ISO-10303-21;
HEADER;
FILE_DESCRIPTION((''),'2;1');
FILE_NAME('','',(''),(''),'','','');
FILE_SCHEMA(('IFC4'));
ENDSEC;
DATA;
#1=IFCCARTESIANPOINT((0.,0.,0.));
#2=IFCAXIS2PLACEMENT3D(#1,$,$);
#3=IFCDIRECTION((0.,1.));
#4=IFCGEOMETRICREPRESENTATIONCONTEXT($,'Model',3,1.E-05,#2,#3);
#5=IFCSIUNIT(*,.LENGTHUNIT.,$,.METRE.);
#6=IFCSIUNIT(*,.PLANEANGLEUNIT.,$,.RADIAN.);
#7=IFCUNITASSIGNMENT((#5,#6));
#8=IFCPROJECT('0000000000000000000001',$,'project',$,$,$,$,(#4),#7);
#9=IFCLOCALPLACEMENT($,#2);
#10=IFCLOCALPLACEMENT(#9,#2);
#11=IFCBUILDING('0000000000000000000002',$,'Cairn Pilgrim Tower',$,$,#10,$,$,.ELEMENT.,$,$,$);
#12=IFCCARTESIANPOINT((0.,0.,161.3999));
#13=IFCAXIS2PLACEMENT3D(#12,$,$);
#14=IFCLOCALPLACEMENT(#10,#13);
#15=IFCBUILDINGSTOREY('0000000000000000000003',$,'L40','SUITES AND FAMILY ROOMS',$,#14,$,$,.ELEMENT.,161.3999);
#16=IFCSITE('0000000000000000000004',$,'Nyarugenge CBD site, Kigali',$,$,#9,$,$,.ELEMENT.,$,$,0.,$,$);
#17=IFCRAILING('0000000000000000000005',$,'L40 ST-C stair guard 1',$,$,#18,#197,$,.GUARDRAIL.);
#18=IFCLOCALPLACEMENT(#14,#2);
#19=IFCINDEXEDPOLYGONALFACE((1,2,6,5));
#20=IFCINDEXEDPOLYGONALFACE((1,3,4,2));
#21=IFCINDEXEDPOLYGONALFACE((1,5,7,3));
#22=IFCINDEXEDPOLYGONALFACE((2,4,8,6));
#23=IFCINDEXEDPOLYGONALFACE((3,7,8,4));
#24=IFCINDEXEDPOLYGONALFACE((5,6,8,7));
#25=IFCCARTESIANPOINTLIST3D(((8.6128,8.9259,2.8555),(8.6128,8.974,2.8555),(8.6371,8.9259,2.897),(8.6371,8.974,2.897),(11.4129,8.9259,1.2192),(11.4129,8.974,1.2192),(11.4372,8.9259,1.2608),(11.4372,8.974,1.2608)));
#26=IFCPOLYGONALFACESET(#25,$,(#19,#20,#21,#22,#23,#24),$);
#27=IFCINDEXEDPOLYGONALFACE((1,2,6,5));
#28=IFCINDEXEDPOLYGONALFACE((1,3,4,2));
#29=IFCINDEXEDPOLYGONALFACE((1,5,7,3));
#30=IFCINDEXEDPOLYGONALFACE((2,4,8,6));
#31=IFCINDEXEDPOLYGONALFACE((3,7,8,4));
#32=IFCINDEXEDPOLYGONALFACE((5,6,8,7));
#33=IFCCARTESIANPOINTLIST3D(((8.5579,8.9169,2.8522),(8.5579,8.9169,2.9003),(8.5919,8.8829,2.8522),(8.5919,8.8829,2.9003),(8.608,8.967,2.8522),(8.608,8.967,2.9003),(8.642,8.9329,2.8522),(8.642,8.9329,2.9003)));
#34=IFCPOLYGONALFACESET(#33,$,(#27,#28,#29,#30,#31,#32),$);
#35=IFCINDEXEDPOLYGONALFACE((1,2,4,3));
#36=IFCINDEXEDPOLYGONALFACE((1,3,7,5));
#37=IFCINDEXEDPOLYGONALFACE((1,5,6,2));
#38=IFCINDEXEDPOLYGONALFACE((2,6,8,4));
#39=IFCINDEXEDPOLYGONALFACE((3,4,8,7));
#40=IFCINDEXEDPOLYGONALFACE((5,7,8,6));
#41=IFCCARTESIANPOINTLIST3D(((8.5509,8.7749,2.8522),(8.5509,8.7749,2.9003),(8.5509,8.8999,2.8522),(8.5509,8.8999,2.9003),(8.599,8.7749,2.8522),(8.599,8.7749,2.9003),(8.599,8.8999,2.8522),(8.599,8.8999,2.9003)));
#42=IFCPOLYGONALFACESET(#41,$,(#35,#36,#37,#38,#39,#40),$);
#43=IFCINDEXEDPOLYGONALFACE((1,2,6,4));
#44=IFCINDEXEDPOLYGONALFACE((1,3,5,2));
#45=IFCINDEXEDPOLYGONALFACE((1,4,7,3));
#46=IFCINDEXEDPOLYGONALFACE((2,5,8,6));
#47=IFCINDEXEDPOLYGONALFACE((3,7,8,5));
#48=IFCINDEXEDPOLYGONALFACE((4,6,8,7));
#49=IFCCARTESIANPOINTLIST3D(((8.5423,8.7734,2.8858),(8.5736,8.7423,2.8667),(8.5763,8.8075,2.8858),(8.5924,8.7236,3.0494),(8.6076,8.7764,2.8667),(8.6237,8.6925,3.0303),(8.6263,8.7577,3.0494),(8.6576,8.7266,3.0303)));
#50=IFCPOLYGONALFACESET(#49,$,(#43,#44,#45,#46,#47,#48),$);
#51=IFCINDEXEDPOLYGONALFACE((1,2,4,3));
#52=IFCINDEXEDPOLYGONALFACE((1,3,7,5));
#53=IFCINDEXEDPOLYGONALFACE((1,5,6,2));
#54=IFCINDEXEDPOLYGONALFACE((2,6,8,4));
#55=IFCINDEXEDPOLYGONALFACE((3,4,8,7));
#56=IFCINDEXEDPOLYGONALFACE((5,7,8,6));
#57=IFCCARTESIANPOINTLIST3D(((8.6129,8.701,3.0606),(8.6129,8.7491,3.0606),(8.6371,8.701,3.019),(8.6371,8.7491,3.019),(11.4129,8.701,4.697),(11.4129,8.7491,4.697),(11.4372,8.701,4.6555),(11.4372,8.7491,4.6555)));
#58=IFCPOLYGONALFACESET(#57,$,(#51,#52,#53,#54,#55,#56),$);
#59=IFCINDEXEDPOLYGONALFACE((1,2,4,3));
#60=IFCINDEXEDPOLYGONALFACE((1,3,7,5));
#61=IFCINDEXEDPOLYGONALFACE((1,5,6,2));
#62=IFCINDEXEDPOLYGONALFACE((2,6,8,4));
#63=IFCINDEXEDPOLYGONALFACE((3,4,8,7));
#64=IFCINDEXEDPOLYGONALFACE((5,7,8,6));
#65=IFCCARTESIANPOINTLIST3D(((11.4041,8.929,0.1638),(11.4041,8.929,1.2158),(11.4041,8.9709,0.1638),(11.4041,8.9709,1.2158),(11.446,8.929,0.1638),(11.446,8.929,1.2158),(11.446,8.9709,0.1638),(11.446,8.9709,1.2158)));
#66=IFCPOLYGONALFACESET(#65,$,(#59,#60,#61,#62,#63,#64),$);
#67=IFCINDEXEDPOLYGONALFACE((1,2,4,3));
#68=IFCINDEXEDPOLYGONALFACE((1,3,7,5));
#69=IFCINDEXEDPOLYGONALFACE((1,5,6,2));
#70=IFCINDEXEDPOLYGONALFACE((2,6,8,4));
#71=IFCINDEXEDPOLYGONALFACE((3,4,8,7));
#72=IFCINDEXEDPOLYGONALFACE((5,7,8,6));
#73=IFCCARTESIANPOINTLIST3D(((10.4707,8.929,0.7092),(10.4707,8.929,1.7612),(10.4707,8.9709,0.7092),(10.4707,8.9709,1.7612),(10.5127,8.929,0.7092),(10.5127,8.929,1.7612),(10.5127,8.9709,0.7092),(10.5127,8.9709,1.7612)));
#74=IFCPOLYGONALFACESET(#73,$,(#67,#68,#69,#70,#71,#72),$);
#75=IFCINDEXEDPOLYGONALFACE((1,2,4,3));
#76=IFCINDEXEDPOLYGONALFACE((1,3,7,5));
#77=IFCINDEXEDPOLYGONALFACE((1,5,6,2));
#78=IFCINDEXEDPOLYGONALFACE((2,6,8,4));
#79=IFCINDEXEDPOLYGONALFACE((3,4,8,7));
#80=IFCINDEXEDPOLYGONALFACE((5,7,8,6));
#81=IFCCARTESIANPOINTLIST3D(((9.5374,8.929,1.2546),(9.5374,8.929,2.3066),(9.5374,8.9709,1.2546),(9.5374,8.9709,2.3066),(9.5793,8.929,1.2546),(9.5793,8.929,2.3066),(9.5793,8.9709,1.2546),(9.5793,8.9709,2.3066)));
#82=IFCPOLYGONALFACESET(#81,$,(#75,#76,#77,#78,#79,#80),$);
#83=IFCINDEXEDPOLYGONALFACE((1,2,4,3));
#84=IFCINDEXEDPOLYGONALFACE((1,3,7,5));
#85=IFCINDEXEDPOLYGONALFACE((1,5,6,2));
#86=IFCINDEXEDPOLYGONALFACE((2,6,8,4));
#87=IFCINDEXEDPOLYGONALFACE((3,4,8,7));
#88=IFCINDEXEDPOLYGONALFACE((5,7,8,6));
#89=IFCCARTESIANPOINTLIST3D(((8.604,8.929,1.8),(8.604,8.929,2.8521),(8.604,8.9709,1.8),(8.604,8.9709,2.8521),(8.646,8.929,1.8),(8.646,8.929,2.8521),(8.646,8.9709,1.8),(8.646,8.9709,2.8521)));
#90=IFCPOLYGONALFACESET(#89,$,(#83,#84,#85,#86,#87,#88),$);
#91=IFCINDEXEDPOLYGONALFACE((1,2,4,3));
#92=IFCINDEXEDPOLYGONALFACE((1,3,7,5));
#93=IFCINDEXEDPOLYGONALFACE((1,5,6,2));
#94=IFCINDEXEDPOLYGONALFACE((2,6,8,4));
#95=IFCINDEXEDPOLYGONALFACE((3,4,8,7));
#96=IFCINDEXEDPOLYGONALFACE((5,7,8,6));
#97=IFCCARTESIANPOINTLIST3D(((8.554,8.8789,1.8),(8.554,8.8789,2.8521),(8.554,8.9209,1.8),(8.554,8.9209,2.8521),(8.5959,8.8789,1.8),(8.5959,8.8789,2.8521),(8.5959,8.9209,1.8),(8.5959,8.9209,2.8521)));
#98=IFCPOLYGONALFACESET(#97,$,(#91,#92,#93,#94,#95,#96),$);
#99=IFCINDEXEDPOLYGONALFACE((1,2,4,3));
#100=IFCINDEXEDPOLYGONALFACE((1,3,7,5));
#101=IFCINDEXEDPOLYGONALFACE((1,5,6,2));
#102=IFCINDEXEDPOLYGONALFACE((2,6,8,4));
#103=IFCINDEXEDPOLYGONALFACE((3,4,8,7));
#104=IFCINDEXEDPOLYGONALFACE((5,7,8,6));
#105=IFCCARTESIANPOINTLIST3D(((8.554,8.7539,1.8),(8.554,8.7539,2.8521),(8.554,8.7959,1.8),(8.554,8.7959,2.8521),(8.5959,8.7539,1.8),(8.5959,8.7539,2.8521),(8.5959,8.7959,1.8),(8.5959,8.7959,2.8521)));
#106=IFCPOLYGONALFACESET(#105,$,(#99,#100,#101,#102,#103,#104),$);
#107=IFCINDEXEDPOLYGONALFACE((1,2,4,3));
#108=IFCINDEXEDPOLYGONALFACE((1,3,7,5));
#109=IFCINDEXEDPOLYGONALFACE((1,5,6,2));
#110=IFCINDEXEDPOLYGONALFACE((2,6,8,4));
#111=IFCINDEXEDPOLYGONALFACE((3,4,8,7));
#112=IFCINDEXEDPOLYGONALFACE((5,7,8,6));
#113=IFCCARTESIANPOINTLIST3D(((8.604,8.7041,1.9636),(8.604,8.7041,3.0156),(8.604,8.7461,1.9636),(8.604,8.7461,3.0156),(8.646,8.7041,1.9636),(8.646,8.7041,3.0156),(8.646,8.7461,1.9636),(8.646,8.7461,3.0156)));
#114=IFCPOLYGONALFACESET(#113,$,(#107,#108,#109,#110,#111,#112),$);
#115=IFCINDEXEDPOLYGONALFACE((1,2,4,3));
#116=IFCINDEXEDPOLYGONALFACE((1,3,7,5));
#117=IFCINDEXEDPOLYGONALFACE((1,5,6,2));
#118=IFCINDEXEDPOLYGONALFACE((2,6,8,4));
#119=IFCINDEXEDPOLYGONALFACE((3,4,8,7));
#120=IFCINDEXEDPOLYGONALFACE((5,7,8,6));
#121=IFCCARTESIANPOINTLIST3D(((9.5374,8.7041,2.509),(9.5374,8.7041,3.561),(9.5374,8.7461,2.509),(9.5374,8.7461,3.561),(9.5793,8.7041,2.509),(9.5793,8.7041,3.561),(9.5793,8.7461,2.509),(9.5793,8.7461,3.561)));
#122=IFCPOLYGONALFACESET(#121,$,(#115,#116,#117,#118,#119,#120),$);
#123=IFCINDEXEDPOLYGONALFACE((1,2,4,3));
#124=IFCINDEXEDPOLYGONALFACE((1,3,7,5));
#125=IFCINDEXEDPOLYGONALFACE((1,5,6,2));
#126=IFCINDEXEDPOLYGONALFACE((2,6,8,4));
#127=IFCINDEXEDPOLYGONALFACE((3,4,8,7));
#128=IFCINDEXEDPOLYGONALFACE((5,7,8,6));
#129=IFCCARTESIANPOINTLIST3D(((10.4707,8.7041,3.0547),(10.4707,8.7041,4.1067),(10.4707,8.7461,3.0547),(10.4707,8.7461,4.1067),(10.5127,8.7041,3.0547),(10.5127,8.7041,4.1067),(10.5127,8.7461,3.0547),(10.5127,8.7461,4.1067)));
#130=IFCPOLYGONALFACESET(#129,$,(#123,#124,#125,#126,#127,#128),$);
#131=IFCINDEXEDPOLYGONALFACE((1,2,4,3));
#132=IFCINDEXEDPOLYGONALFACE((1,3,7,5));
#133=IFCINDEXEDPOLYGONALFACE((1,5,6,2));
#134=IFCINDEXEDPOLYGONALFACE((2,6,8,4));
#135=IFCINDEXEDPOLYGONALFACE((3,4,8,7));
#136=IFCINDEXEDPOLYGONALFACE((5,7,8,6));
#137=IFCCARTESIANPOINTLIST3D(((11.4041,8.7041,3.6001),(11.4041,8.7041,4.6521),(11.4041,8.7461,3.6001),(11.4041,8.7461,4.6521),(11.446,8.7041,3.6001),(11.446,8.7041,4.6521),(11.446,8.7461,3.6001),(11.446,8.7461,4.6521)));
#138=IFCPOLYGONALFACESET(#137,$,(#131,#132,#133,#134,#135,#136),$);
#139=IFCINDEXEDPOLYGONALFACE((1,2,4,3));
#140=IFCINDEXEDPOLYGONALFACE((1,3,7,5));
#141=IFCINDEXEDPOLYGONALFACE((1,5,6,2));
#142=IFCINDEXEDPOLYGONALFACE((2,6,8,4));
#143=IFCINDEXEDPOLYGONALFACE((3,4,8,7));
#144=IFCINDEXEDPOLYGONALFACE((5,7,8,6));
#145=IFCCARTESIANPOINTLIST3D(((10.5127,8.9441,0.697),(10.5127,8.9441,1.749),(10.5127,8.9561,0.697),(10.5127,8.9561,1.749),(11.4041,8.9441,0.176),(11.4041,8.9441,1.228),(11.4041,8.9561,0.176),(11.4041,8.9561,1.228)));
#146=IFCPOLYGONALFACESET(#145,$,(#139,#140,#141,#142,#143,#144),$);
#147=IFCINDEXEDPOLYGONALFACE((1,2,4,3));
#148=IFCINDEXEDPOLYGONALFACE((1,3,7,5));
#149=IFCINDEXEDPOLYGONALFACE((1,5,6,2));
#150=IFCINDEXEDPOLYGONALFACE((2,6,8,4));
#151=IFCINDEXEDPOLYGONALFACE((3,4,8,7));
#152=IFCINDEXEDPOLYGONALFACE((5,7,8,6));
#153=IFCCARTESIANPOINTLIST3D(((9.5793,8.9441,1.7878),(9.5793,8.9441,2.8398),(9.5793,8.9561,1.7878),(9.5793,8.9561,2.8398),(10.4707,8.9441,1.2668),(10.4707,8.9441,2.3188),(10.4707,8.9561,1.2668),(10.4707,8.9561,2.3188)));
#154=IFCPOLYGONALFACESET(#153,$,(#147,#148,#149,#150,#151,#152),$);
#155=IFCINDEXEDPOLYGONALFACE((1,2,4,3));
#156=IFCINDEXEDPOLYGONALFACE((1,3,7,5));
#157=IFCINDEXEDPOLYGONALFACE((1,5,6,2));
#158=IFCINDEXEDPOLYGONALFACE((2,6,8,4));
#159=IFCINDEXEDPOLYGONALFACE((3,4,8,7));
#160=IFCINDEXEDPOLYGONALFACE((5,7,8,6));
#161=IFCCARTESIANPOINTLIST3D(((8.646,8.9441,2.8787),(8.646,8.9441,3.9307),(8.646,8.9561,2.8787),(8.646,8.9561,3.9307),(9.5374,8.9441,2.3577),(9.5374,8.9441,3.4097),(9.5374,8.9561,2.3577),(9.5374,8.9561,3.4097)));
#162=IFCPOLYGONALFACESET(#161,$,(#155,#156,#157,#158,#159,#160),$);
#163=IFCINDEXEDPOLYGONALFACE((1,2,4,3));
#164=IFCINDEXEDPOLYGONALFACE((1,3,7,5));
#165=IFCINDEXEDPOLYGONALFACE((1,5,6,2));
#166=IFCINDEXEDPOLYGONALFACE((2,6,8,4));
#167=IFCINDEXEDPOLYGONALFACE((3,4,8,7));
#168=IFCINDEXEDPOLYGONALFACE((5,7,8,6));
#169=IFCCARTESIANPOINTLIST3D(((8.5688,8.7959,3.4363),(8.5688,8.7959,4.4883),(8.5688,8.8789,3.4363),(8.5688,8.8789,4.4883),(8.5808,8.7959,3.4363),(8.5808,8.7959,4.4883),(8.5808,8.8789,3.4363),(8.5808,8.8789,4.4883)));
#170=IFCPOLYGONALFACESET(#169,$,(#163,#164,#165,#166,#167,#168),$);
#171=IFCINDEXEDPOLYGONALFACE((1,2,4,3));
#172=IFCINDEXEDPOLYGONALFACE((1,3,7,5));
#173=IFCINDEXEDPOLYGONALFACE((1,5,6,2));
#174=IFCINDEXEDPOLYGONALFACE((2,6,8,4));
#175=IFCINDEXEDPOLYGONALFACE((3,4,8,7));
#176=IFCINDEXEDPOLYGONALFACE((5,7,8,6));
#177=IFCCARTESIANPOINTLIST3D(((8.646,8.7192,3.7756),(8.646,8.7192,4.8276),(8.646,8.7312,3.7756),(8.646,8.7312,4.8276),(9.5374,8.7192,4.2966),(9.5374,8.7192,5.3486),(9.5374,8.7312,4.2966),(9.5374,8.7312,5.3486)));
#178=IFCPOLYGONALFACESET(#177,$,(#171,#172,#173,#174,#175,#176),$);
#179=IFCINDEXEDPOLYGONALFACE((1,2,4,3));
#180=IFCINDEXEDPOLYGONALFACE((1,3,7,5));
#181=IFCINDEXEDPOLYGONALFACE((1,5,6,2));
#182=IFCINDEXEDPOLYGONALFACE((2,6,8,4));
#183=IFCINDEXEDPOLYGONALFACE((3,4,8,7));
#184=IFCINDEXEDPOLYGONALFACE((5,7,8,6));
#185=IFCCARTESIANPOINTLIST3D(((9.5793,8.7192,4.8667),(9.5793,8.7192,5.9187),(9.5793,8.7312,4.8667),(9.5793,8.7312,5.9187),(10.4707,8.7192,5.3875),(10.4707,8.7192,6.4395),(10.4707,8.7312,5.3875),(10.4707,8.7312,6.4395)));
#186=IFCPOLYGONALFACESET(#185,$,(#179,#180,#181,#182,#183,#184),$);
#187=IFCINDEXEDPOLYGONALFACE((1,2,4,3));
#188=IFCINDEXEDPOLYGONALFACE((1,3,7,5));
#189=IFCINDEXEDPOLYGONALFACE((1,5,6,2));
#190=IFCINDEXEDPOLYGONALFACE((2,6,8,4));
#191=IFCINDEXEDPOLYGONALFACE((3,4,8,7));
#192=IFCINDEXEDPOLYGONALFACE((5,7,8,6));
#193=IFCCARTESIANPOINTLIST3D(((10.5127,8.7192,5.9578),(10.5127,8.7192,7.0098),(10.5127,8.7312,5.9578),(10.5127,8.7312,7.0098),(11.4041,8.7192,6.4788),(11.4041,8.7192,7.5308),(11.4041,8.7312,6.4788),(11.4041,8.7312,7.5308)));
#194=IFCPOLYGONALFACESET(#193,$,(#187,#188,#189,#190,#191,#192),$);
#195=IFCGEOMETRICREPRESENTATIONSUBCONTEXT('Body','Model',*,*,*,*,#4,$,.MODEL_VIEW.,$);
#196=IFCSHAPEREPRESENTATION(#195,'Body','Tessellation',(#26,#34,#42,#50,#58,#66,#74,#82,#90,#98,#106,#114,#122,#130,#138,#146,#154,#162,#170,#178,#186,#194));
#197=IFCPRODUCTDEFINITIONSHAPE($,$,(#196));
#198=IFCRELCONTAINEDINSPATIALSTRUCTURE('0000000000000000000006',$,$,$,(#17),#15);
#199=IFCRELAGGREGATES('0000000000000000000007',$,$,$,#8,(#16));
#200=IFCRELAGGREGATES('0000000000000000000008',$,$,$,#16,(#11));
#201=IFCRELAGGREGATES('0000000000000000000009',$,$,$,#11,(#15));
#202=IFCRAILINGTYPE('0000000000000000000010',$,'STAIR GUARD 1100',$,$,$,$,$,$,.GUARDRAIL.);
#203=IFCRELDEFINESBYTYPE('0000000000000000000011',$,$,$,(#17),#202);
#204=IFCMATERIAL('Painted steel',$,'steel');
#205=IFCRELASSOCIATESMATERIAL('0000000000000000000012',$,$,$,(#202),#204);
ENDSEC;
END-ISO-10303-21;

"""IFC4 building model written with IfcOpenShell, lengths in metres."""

from ifc_helpers import new_model, si_unit, direction, frame, origin, origin_2d, place, context, subcontext, project, spatial, polyline, rectangle, outline, extrude, material, type_object, element, save


model = new_model("IFC4")

# Units and contexts
model_context = context("Model", 3, precision=1e-05, world=origin(), true_north=direction((0.0, 1.0)))
body_context = subcontext(model_context, "Body", "Model", "MODEL_VIEW")
ifc_project = project(units=[si_unit("LENGTHUNIT", "METRE"), si_unit("PLANEANGLEUNIT", "RADIAN")], contexts=[model_context])

# Site, building, storey
site_placement = place(None, origin())
site = spatial("IfcSite", under=ifc_project, at=site_placement, Name="Nyarugenge CBD site, Kigali", CompositionType="ELEMENT", RefElevation=0.0)
building_placement = place(site_placement, origin())
building = spatial("IfcBuilding", under=site, at=building_placement, Name="Cairn Pilgrim Tower", CompositionType="ELEMENT")
storey_placement = place(building_placement, frame((0.0, 0.0, 161.3999)))
storey = spatial("IfcBuildingStorey", under=building, at=storey_placement, Name="L40", Description="SUITES AND FAMILY ROOMS", CompositionType="ELEMENT", Elevation=161.3999)

# Shared definitions
ifc_material_1 = material(Name="Painted steel", Category="steel")

# Railing
railing_type_1 = type_object("IfcRailingType", Name="STAIR GUARD 1100", PredefinedType="GUARDRAIL", material=ifc_material_1)
railing_1_placement = place(storey_placement, frame((11.425, 8.95, 0.1638)))
element("IfcRailing", 1, at=railing_1_placement, inside=storey, type_object=railing_type_1, Name="L40 ST-C stair guard 1", PredefinedType="GUARDRAIL", context=body_context, shape_type="SweptSolid", body=[
    extrude(rectangle(XDim=0.0481, YDim=0.0481, at=origin_2d()), frame((0.0, 0.0, 1.0762), z_axis=(-0.863394, 0.0, 0.504531), x_axis=(0.0, -1.0, 0.0)), (0.0, 0.0, 1.0), 3.2432),
    extrude(rectangle(XDim=0.0481, YDim=0.0481, at=origin_2d()), frame((-2.8, 0.0, 2.7124), z_axis=(-0.707107, -0.707107, 0.0), x_axis=(0.707107, -0.707107, 0.0)), (0.0, 0.0, 1.0), 0.0708),
    extrude(rectangle(XDim=0.0481, YDim=0.0481, at=origin_2d()), frame((-2.8501, -0.05, 2.7124), z_axis=(0.0, -1.0, 0.0), x_axis=(1.0, 0.0, 0.0)), (0.0, 0.0, 1.0), 0.125),
    extrude(rectangle(XDim=0.0481, YDim=0.0481, at=origin_2d()), frame((-2.8501, -0.175, 2.7124), z_axis=(0.280917, -0.279546, 0.918118), x_axis=(0.705376, 0.708834, 0.0)), (0.0, 0.0, 1.0), 0.1782),
    extrude(rectangle(XDim=0.0481, YDim=0.0481, at=origin_2d()), frame((-2.8, -0.2249, 2.876), z_axis=(0.863361, 0.0, 0.504587), x_axis=(0.0, 1.0, 0.0)), (0.0, 0.0, 1.0), 3.2432),
    extrude(rectangle(XDim=0.042, YDim=0.042, at=origin_2d()), origin(), (0.0, 0.0, 1.0), 1.052),
    extrude(rectangle(XDim=0.042, YDim=0.042, at=origin_2d()), frame((-0.9333, 0.0, 0.5454)), (0.0, 0.0, 1.0), 1.052),
    extrude(rectangle(XDim=0.042, YDim=0.042, at=origin_2d()), frame((-1.8667, 0.0, 1.0908)), (0.0, 0.0, 1.0), 1.052),
    extrude(rectangle(XDim=0.042, YDim=0.042, at=origin_2d()), frame((-2.8, 0.0, 1.6362)), (0.0, 0.0, 1.0), 1.052),
    extrude(rectangle(XDim=0.042, YDim=0.042, at=origin_2d()), frame((-2.8501, -0.05, 1.6362)), (0.0, 0.0, 1.0), 1.052),
    extrude(rectangle(XDim=0.042, YDim=0.042, at=origin_2d()), frame((-2.8501, -0.175, 1.6362)), (0.0, 0.0, 1.0), 1.052),
    extrude(rectangle(XDim=0.042, YDim=0.042, at=origin_2d()), frame((-2.8, -0.2249, 1.7998)), (0.0, 0.0, 1.0), 1.052),
    extrude(rectangle(XDim=0.042, YDim=0.042, at=origin_2d()), frame((-1.8667, -0.2249, 2.3452)), (0.0, 0.0, 1.0), 1.052),
    extrude(rectangle(XDim=0.042, YDim=0.042, at=origin_2d()), frame((-0.9333, -0.2249, 2.8909)), (0.0, 0.0, 1.0), 1.052),
    extrude(rectangle(XDim=0.042, YDim=0.042, at=origin_2d()), frame((0.0, -0.2249, 3.4363)), (0.0, 0.0, 1.0), 1.052),
    extrude(outline(polyline([(0.021, 0.0122), (0.9124, 0.5332), (0.9124, 1.5852), (0.021, 1.0642), (0.021, 0.0122)])), frame((0.0, -0.0059, 0.0), z_axis=(0.0, 1.0, 0.0), x_axis=(-1.0, 0.0, 0.0)), (0.0, 0.0, 1.0), 0.012),
    extrude(outline(polyline([(0.021, 0.5576), (0.9124, 1.0786), (0.9124, 2.1306), (0.021, 1.6096), (0.021, 0.5576)])), frame((-0.9333, -0.0059, 0.5454), z_axis=(0.0, 1.0, 0.0), x_axis=(-1.0, 0.0, 0.0)), (0.0, 0.0, 1.0), 0.012),
    extrude(outline(polyline([(0.021, 1.103), (0.9124, 1.624), (0.9124, 2.676), (0.021, 2.155), (0.021, 1.103)])), frame((-1.8667, -0.0059, 1.0908), z_axis=(0.0, 1.0, 0.0), x_axis=(-1.0, 0.0, 0.0)), (0.0, 0.0, 1.0), 0.012),
    extrude(outline(polyline([(0.021, 1.6362), (0.104, 1.6362), (0.104, 2.6882), (0.021, 2.6882), (0.021, 1.6362)])), frame((-2.8442, -0.05, 1.6362), z_axis=(-1.0, 0.0, 0.0), x_axis=(0.0, -1.0, 0.0)), (0.0, 0.0, 1.0), 0.012),
    extrude(outline(polyline([(0.021, 1.812), (0.9124, 2.333), (0.9124, 3.385), (0.021, 2.864), (0.021, 1.812)])), frame((-2.8, -0.2188, 1.7998), z_axis=(0.0, -1.0, 0.0), x_axis=(1.0, 0.0, 0.0)), (0.0, 0.0, 1.0), 0.012),
    extrude(outline(polyline([(0.021, 2.3577), (0.9124, 2.8784), (0.9124, 3.9304), (0.021, 3.4097), (0.021, 2.3577)])), frame((-1.8667, -0.2188, 2.3452), z_axis=(0.0, -1.0, 0.0), x_axis=(1.0, 0.0, 0.0)), (0.0, 0.0, 1.0), 0.012),
    extrude(outline(polyline([(0.021, 2.9031), (0.9124, 3.4241), (0.9124, 4.4761), (0.021, 3.9551), (0.021, 2.9031)])), frame((-0.9333, -0.2188, 2.8909), z_axis=(0.0, -1.0, 0.0), x_axis=(1.0, 0.0, 0.0)), (0.0, 0.0, 1.0), 0.012),
])

save(model, "model.ifc")
